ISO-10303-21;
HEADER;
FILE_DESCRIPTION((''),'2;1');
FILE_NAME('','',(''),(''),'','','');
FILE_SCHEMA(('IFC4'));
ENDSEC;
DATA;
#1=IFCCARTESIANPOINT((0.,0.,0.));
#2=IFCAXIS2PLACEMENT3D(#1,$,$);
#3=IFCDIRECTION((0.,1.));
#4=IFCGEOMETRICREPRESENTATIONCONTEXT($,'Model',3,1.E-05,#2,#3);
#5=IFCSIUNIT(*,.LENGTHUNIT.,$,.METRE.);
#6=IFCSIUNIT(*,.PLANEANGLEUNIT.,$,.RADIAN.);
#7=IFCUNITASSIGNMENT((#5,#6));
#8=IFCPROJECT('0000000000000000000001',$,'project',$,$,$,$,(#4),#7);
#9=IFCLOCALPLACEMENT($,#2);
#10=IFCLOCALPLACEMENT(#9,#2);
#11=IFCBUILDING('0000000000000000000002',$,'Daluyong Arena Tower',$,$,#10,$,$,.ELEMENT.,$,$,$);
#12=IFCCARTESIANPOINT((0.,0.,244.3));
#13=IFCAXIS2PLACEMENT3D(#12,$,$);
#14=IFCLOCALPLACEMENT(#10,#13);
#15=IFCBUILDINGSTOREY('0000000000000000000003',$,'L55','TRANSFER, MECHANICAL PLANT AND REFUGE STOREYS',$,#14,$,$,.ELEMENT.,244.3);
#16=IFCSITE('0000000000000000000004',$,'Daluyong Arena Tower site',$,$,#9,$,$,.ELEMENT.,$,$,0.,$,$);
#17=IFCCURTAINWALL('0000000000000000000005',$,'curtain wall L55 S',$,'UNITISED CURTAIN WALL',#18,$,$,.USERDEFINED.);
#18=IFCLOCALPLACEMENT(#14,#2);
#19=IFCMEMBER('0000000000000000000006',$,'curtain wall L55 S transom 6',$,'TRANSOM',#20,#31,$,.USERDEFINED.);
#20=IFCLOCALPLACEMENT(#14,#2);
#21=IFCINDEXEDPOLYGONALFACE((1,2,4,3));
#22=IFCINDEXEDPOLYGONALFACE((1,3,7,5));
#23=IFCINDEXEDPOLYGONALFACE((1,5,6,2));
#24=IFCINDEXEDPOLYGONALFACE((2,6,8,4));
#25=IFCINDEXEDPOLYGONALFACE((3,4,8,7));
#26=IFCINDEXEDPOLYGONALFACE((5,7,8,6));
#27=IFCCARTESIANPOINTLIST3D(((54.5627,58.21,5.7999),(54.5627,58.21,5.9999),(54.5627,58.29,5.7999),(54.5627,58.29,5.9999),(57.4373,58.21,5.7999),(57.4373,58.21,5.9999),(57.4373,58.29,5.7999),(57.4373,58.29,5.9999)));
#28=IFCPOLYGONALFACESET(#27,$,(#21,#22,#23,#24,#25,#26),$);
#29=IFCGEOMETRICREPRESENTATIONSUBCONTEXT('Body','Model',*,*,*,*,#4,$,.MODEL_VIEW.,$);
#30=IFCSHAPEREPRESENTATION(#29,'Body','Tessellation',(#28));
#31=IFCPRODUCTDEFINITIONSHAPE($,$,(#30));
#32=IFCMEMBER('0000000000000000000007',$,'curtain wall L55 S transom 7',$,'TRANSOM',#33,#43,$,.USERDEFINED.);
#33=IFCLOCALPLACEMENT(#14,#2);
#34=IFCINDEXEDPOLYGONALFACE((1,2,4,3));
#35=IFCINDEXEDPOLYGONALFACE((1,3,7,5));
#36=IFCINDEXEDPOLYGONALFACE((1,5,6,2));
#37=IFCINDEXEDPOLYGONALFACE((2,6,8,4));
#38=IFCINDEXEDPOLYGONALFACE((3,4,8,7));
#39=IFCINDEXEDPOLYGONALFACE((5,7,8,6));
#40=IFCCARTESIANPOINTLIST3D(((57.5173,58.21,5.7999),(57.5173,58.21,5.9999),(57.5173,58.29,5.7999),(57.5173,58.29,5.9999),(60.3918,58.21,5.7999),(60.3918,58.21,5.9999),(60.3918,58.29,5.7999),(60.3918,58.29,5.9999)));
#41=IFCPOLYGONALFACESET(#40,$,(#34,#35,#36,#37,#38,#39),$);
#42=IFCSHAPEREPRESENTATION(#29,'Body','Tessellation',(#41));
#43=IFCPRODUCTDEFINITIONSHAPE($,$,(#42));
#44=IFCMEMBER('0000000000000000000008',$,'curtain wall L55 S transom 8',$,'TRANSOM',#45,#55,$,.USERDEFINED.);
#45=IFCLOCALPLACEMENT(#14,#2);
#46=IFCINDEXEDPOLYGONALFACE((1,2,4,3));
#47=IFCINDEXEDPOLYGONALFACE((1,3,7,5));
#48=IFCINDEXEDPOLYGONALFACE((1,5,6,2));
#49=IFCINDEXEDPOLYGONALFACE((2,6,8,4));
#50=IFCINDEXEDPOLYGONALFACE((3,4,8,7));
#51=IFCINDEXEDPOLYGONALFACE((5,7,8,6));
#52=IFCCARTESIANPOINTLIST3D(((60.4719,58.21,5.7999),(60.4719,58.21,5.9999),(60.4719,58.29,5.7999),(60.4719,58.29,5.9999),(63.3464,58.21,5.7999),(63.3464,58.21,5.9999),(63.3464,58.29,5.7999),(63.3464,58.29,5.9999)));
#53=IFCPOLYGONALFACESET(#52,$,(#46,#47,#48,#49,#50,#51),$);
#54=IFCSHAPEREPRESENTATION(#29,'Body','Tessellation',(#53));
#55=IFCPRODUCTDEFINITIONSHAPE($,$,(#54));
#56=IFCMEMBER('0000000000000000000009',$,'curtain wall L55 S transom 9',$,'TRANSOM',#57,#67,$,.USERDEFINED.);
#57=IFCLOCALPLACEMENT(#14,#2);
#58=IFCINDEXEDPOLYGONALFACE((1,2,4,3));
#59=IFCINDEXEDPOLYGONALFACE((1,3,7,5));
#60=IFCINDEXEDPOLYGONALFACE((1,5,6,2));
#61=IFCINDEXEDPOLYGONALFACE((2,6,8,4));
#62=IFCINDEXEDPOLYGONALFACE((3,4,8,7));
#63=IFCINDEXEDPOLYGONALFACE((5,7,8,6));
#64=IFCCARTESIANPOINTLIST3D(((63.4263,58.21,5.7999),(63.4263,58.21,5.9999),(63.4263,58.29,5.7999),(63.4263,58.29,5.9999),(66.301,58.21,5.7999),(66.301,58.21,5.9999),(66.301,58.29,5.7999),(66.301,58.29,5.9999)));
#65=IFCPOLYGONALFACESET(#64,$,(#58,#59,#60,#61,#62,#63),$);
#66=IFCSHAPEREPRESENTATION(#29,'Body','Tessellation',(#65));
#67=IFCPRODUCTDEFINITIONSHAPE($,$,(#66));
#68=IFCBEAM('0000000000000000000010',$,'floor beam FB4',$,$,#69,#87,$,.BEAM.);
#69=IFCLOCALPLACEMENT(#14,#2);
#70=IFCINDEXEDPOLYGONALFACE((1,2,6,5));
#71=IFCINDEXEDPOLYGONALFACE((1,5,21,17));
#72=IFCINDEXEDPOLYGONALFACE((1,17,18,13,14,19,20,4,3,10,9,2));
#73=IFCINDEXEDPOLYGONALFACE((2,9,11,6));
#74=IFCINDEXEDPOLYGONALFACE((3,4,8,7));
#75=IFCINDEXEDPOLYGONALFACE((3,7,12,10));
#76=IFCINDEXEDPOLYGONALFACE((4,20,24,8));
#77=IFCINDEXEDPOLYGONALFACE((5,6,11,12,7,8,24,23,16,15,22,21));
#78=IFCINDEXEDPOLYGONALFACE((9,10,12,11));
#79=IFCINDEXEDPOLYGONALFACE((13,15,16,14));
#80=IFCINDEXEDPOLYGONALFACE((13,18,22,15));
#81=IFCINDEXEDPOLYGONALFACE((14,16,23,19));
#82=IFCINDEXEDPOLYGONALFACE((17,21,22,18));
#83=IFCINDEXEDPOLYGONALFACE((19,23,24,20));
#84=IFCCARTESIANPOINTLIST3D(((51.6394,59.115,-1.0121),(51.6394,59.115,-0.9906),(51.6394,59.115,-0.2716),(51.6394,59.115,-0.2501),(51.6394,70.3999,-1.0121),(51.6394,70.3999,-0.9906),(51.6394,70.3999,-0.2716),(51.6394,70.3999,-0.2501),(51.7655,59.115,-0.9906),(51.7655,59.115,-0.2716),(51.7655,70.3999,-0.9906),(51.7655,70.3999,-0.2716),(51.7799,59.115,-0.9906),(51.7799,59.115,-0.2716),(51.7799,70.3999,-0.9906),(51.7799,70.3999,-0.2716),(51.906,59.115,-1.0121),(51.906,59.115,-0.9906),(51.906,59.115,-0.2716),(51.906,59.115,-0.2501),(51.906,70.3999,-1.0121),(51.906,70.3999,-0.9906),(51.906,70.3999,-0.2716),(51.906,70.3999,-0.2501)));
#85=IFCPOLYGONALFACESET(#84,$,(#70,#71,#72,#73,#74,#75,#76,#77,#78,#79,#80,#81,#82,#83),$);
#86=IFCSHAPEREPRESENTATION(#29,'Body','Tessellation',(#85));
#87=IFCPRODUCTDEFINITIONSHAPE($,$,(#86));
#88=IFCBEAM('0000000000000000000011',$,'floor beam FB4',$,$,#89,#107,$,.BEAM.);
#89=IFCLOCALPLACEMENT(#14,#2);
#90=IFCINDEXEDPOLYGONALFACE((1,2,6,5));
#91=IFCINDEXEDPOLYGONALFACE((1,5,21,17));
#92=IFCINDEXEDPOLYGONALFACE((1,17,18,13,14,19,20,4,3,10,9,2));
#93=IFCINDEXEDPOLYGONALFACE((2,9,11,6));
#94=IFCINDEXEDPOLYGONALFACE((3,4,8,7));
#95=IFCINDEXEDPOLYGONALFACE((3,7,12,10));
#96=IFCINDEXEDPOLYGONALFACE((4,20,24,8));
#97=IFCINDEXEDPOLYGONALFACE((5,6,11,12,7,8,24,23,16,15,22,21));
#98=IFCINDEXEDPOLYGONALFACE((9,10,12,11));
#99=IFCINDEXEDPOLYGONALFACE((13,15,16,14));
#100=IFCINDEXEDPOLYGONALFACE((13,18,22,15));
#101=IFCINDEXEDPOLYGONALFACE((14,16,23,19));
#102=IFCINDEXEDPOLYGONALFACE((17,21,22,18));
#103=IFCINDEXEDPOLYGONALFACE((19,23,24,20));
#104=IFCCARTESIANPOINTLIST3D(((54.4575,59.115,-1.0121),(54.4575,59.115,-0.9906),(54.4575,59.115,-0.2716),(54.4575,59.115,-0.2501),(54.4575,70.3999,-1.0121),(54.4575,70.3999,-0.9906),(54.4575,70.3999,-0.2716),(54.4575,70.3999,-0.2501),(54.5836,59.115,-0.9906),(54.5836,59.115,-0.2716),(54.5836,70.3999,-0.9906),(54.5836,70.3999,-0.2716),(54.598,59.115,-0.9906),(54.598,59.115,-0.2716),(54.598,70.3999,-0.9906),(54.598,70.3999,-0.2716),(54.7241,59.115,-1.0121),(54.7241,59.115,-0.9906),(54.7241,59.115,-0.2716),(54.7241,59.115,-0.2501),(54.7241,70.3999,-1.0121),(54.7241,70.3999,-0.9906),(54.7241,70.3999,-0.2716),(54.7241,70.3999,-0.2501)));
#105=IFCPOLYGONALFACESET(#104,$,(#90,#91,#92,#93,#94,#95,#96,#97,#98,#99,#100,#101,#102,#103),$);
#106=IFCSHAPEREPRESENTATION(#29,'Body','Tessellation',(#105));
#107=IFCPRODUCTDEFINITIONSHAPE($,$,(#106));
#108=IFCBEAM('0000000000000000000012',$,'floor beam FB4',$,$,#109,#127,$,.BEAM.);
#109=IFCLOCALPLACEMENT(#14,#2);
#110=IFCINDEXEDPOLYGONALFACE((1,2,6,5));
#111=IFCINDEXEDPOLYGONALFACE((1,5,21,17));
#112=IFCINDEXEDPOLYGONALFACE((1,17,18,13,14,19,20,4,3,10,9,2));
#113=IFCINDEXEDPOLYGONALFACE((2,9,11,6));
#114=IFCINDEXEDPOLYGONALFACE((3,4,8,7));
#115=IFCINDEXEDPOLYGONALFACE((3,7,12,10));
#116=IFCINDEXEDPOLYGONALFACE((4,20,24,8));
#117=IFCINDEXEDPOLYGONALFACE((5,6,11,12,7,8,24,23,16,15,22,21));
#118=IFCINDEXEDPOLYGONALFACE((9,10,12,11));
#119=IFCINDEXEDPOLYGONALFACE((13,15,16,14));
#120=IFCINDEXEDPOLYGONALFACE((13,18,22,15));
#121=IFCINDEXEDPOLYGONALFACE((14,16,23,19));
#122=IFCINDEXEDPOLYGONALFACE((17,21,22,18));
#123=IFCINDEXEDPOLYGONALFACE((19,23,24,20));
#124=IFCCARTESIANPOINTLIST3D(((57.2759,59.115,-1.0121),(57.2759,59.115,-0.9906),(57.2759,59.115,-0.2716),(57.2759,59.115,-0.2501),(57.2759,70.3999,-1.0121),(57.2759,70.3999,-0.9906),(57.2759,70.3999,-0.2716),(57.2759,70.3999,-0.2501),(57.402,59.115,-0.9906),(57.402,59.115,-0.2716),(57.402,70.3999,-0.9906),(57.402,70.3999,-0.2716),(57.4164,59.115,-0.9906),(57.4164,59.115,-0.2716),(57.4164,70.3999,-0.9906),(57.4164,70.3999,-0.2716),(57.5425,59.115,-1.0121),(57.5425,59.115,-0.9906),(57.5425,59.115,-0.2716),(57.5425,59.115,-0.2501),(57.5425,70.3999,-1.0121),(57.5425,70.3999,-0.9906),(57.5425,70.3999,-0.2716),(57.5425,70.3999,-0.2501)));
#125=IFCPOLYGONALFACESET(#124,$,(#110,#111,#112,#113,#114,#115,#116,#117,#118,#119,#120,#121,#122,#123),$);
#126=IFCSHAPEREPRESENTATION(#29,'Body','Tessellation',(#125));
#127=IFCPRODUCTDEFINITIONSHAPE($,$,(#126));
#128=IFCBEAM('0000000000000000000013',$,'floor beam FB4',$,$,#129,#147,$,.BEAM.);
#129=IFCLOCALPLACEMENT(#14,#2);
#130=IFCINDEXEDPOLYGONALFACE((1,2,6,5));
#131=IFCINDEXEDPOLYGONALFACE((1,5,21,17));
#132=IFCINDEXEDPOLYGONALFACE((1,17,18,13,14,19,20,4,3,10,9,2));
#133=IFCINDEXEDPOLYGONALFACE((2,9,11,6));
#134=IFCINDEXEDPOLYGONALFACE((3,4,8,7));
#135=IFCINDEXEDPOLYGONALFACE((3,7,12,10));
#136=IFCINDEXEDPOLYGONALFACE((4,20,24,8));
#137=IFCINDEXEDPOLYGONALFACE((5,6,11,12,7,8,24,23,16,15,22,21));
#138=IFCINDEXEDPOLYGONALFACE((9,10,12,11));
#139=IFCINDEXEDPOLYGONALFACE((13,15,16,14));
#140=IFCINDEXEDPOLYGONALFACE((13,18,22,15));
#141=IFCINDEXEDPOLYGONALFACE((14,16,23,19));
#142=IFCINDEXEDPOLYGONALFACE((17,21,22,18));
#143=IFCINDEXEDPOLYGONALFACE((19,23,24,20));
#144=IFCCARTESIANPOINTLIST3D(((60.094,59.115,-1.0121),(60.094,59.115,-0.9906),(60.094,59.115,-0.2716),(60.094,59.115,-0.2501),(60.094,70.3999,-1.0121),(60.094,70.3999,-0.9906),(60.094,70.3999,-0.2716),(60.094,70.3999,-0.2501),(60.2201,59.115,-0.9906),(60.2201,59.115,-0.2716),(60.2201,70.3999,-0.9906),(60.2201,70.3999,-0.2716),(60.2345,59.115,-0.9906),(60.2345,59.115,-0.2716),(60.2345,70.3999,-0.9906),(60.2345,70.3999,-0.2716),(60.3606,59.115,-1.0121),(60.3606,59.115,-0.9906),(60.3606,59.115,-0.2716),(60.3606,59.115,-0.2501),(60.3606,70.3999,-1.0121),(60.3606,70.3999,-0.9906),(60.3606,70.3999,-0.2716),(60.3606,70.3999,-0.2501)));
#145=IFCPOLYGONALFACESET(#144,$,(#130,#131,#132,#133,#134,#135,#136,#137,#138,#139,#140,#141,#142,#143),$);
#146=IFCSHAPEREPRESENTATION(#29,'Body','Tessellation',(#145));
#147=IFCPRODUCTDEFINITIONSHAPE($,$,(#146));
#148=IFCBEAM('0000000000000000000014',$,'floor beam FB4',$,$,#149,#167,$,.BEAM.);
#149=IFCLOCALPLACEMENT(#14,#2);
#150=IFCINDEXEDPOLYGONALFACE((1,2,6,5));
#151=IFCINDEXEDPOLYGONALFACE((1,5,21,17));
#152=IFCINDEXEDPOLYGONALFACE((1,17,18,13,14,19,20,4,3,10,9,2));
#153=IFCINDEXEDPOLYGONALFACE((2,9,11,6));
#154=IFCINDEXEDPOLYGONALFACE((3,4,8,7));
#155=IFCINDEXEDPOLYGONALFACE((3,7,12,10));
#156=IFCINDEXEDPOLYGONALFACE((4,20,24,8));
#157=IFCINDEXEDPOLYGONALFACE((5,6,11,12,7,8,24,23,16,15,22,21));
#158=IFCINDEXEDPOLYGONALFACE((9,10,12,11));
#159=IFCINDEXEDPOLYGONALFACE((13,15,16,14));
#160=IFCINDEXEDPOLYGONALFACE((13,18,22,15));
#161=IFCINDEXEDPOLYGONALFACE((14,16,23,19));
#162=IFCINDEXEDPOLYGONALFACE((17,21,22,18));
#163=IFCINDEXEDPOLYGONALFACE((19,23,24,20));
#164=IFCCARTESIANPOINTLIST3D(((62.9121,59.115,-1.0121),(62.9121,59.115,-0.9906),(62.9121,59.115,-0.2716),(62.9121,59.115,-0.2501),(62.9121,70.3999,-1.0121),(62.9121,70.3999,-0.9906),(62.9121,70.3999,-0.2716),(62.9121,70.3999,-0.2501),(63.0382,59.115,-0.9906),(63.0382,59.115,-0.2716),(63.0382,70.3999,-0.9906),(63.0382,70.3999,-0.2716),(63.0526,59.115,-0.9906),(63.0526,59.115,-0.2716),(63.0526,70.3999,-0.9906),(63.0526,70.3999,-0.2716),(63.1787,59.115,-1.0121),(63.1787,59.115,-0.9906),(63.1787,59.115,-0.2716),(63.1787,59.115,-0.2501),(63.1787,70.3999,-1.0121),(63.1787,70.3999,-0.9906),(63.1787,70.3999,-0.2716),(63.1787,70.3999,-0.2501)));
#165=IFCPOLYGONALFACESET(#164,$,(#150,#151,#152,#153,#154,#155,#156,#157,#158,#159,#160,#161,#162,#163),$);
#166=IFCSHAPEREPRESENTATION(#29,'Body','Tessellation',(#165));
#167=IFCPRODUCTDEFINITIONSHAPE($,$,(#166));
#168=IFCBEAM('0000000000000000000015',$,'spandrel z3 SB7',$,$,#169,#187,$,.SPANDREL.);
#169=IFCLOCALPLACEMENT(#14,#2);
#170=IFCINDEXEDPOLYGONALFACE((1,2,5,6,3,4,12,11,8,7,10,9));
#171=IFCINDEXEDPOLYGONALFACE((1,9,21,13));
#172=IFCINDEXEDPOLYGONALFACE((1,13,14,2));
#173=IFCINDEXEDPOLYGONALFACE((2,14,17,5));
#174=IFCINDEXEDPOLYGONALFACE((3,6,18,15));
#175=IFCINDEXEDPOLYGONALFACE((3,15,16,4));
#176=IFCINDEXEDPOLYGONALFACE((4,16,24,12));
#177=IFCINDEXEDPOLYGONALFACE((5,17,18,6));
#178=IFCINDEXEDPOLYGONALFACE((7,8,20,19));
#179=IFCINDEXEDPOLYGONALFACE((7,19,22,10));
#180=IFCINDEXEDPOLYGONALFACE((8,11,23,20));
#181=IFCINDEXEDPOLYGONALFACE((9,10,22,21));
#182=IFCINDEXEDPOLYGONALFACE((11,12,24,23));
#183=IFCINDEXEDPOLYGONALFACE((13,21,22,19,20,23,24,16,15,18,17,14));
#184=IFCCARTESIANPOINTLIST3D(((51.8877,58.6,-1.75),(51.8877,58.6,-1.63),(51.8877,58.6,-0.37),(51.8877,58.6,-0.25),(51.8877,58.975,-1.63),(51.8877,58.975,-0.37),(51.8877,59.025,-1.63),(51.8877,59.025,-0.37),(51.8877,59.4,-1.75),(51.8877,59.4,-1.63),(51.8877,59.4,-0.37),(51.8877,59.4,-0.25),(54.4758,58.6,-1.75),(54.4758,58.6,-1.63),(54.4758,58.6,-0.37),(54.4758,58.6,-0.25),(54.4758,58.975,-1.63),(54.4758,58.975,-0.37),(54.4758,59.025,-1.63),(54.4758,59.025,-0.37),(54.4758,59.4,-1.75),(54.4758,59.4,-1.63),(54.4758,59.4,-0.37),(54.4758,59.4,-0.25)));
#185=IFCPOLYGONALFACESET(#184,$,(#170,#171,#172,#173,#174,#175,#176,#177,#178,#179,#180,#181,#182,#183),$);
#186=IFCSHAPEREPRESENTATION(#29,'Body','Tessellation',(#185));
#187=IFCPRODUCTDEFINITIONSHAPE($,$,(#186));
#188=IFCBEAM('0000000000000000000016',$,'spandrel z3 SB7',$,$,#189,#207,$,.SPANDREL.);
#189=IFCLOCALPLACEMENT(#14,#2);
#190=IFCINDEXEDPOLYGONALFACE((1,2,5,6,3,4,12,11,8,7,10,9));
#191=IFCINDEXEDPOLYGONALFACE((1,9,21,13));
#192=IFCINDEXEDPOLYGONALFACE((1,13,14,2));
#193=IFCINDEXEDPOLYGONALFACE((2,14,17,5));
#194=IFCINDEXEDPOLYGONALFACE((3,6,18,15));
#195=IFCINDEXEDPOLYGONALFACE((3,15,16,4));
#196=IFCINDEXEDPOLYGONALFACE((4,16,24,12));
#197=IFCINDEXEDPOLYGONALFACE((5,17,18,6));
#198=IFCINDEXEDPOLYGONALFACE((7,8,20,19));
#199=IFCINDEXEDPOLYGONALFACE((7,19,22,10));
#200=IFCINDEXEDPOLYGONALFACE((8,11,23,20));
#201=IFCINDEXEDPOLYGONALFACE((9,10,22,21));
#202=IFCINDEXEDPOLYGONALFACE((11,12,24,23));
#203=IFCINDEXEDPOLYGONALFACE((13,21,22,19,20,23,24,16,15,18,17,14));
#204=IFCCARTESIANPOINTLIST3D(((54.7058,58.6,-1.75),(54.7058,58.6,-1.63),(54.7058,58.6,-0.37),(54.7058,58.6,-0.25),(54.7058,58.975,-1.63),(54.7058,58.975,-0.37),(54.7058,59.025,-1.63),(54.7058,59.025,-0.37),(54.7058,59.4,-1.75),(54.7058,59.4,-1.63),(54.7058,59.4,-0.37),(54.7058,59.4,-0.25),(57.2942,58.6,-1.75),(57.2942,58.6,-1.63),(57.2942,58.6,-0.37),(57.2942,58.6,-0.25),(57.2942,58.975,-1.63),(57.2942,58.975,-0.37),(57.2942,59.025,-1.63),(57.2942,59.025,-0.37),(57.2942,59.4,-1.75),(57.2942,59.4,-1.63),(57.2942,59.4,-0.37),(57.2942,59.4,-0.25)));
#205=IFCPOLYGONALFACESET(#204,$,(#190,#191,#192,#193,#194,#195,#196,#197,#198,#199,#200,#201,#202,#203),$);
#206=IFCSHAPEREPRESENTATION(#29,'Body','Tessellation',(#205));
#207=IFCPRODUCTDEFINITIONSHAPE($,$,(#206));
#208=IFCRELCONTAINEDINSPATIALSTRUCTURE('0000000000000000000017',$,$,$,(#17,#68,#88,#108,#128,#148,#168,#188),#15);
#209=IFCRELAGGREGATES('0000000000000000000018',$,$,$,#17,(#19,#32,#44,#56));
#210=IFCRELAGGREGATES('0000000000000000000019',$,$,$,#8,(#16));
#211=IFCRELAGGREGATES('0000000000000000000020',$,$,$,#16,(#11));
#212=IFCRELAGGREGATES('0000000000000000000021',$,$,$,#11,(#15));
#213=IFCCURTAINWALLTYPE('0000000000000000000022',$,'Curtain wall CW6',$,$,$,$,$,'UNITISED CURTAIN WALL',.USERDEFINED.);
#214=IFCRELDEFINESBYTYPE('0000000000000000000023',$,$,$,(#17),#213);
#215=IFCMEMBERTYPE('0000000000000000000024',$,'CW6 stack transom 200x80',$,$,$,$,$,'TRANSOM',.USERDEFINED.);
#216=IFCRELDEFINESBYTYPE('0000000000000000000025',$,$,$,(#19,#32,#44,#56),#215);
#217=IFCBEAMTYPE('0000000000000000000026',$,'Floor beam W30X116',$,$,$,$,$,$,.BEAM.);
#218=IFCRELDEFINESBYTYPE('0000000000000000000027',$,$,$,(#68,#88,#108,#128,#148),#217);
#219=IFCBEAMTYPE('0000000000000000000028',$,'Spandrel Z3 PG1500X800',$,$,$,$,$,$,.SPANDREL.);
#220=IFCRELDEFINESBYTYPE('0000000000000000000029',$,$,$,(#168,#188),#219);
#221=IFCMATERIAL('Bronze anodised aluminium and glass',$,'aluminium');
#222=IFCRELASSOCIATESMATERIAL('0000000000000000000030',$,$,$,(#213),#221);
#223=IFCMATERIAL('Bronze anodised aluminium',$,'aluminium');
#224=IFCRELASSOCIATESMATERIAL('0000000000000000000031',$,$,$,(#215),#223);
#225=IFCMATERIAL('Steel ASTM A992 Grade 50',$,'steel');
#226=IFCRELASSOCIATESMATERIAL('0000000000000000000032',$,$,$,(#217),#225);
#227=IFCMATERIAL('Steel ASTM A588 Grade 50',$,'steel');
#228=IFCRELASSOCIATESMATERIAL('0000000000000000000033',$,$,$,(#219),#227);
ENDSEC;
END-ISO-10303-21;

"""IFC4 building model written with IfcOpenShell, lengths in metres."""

from ifc_helpers import new_model, si_unit, direction, frame, origin, origin_2d, place, context, subcontext, project, spatial, rectangle, i_section, extrude, material, material_profile, profile_set, type_object, element, aggregate, save


model = new_model("IFC4")

# Units and contexts
model_context = context("Model", 3, precision=1e-05, world=origin(), true_north=direction((0.0, 1.0)))
body_context = subcontext(model_context, "Body", "Model", "MODEL_VIEW")
ifc_project = project(units=[si_unit("LENGTHUNIT", "METRE"), si_unit("PLANEANGLEUNIT", "RADIAN")], contexts=[model_context])

# Site, building, storey
site_placement = place(None, origin())
site = spatial("IfcSite", under=ifc_project, at=site_placement, Name="Daluyong Arena Tower site", CompositionType="ELEMENT", RefElevation=0.0)
building_placement = place(site_placement, origin())
building = spatial("IfcBuilding", under=site, at=building_placement, Name="Daluyong Arena Tower", CompositionType="ELEMENT")
storey_placement = place(building_placement, frame((0.0, 0.0, 244.3)))
storey = spatial("IfcBuildingStorey", under=building, at=storey_placement, Name="L55", Description="TRANSFER, MECHANICAL PLANT AND REFUGE STOREYS", CompositionType="ELEMENT", Elevation=244.3)

# Curtain wall, members
ifc_material_1 = material(Name="Bronze anodised aluminium and glass", Category="aluminium")
curtain_wall_type = type_object("IfcCurtainWallType", Name="Curtain wall CW6", ElementType="UNITISED CURTAIN WALL", PredefinedType="USERDEFINED", material=ifc_material_1)
curtain_wall_placement = place(storey_placement, origin())
curtain_wall = element("IfcCurtainWall", 1, at=curtain_wall_placement, inside=storey, type_object=curtain_wall_type, Name="curtain wall L55 S", ObjectType="UNITISED CURTAIN WALL", PredefinedType="USERDEFINED")
ifc_material_2 = material(Name="Bronze anodised aluminium", Category="aluminium")
ifc_material_profile_1 = material_profile(ifc_material_2, rectangle(XDim=0.0801, YDim=0.2, at=origin_2d()))
ifc_profile_set_1 = profile_set([ifc_material_profile_1], Name="Bronze anodised aluminium")
member_type_1 = type_object("IfcMemberType", Name="CW6 stack transom 200x80", ElementType="TRANSOM", PredefinedType="USERDEFINED", material=ifc_profile_set_1)
member_1_placement = place(storey_placement, frame((54.5627, 58.25, 5.8999), z_axis=(1.0, 0.0, 0.0), x_axis=(0.0, 1.0, 0.0)))
member_1 = element("IfcMember", 2, at=member_1_placement, type_object=member_type_1, Name="curtain wall L55 S transom 6", ObjectType="TRANSOM", PredefinedType="USERDEFINED", context=body_context, shape_type="SweptSolid", body=[
    extrude(rectangle(XDim=0.0801, YDim=0.2, at=origin_2d()), origin(), (0.0, 0.0, 1.0), 2.8745),
])
member_2_placement = place(storey_placement, frame((57.5173, 58.25, 5.8999), z_axis=(1.0, 0.0, 0.0), x_axis=(0.0, 1.0, 0.0)))
member_2 = element("IfcMember", 3, at=member_2_placement, type_object=member_type_1, Name="curtain wall L55 S transom 7", ObjectType="TRANSOM", PredefinedType="USERDEFINED", context=body_context, shape_type="SweptSolid", body=[
    extrude(rectangle(XDim=0.0801, YDim=0.2, at=origin_2d()), origin(), (0.0, 0.0, 1.0), 2.8745),
])
member_3_placement = place(storey_placement, frame((60.4719, 58.25, 5.8999), z_axis=(1.0, 0.0, 0.0), x_axis=(0.0, 1.0, 0.0)))
member_3 = element("IfcMember", 4, at=member_3_placement, type_object=member_type_1, Name="curtain wall L55 S transom 8", ObjectType="TRANSOM", PredefinedType="USERDEFINED", context=body_context, shape_type="SweptSolid", body=[
    extrude(rectangle(XDim=0.0801, YDim=0.2, at=origin_2d()), origin(), (0.0, 0.0, 1.0), 2.8745),
])
member_4_placement = place(storey_placement, frame((63.4263, 58.25, 5.8999), z_axis=(1.0, 0.0, 0.0), x_axis=(0.0, 1.0, 0.0)))
member_4 = element("IfcMember", 5, at=member_4_placement, type_object=member_type_1, Name="curtain wall L55 S transom 9", ObjectType="TRANSOM", PredefinedType="USERDEFINED", context=body_context, shape_type="SweptSolid", body=[
    extrude(rectangle(XDim=0.0801, YDim=0.2, at=origin_2d()), origin(), (0.0, 0.0, 1.0), 2.8748),
])

# Beams
ifc_material_3 = material(Name="Steel ASTM A992 Grade 50", Category="steel")
ifc_material_profile_2 = material_profile(ifc_material_3, i_section(OverallWidth=0.2666, OverallDepth=0.762, WebThickness=0.0144, FlangeThickness=0.0215, at=origin_2d()))
ifc_profile_set_2 = profile_set([ifc_material_profile_2], Name="Steel ASTM A992 Grade 50")
beam_type_1 = type_object("IfcBeamType", Name="Floor beam W30X116", PredefinedType="BEAM", material=ifc_profile_set_2)
for number, where, z_axis, x_axis, name in (
    (6, (51.7727, 59.115, -0.6311), (0.0, 1.0, 0.0), (-1.0, 0.0, 0.0), "floor beam FB4"),
    (7, (54.5908, 59.115, -0.6311), (0.0, 1.0, 0.0), (-1.0, 0.0, 0.0), "floor beam FB4"),
    (8, (57.4092, 59.115, -0.6311), (0.0, 1.0, 0.0), (-1.0, 0.0, 0.0), "floor beam FB4"),
    (9, (60.2273, 59.115, -0.6311), (0.0, 1.0, 0.0), (-1.0, 0.0, 0.0), "floor beam FB4"),
    (10, (63.0454, 59.115, -0.6311), (0.0, 1.0, 0.0), (-1.0, 0.0, 0.0), "floor beam FB4"),
):
    element("IfcBeam", number, at=place(storey_placement, frame(where, z_axis=z_axis, x_axis=x_axis)), inside=storey, type_object=beam_type_1, Name=name, PredefinedType="BEAM", context=body_context, shape_type="SweptSolid", body=[
        extrude(i_section(OverallWidth=0.2666, OverallDepth=0.762, WebThickness=0.0144, FlangeThickness=0.0215, at=origin_2d()), origin(), (0.0, 0.0, 1.0), 11.2849),
    ])
ifc_material_4 = material(Name="Steel ASTM A588 Grade 50", Category="steel")
ifc_material_profile_3 = material_profile(ifc_material_4, i_section(OverallWidth=0.8, OverallDepth=1.5, WebThickness=0.05, FlangeThickness=0.12, at=origin_2d()))
ifc_profile_set_3 = profile_set([ifc_material_profile_3], Name="Steel ASTM A588 Grade 50")
beam_type_2 = type_object("IfcBeamType", Name="Spandrel Z3 PG1500X800", PredefinedType="SPANDREL", material=ifc_profile_set_3)
beam_1_placement = place(storey_placement, frame((51.8877, 59.0, -1.0), z_axis=(1.0, 0.0, 0.0), x_axis=(0.0, 1.0, 0.0)))
element("IfcBeam", 11, at=beam_1_placement, inside=storey, type_object=beam_type_2, Name="spandrel z3 SB7", PredefinedType="SPANDREL", context=body_context, shape_type="SweptSolid", body=[
    extrude(i_section(OverallWidth=0.8, OverallDepth=1.5, WebThickness=0.05, FlangeThickness=0.12, at=origin_2d()), origin(), (0.0, 0.0, 1.0), 2.5881),
])
beam_2_placement = place(storey_placement, frame((54.7058, 59.0, -1.0), z_axis=(1.0, 0.0, 0.0), x_axis=(0.0, 1.0, 0.0)))
element("IfcBeam", 12, at=beam_2_placement, inside=storey, type_object=beam_type_2, Name="spandrel z3 SB7", PredefinedType="SPANDREL", context=body_context, shape_type="SweptSolid", body=[
    extrude(i_section(OverallWidth=0.8, OverallDepth=1.5, WebThickness=0.05, FlangeThickness=0.12, at=origin_2d()), origin(), (0.0, 0.0, 1.0), 2.5884),
])

aggregate(curtain_wall, [member_1, member_2, member_3, member_4])

save(model, "model.ifc")
